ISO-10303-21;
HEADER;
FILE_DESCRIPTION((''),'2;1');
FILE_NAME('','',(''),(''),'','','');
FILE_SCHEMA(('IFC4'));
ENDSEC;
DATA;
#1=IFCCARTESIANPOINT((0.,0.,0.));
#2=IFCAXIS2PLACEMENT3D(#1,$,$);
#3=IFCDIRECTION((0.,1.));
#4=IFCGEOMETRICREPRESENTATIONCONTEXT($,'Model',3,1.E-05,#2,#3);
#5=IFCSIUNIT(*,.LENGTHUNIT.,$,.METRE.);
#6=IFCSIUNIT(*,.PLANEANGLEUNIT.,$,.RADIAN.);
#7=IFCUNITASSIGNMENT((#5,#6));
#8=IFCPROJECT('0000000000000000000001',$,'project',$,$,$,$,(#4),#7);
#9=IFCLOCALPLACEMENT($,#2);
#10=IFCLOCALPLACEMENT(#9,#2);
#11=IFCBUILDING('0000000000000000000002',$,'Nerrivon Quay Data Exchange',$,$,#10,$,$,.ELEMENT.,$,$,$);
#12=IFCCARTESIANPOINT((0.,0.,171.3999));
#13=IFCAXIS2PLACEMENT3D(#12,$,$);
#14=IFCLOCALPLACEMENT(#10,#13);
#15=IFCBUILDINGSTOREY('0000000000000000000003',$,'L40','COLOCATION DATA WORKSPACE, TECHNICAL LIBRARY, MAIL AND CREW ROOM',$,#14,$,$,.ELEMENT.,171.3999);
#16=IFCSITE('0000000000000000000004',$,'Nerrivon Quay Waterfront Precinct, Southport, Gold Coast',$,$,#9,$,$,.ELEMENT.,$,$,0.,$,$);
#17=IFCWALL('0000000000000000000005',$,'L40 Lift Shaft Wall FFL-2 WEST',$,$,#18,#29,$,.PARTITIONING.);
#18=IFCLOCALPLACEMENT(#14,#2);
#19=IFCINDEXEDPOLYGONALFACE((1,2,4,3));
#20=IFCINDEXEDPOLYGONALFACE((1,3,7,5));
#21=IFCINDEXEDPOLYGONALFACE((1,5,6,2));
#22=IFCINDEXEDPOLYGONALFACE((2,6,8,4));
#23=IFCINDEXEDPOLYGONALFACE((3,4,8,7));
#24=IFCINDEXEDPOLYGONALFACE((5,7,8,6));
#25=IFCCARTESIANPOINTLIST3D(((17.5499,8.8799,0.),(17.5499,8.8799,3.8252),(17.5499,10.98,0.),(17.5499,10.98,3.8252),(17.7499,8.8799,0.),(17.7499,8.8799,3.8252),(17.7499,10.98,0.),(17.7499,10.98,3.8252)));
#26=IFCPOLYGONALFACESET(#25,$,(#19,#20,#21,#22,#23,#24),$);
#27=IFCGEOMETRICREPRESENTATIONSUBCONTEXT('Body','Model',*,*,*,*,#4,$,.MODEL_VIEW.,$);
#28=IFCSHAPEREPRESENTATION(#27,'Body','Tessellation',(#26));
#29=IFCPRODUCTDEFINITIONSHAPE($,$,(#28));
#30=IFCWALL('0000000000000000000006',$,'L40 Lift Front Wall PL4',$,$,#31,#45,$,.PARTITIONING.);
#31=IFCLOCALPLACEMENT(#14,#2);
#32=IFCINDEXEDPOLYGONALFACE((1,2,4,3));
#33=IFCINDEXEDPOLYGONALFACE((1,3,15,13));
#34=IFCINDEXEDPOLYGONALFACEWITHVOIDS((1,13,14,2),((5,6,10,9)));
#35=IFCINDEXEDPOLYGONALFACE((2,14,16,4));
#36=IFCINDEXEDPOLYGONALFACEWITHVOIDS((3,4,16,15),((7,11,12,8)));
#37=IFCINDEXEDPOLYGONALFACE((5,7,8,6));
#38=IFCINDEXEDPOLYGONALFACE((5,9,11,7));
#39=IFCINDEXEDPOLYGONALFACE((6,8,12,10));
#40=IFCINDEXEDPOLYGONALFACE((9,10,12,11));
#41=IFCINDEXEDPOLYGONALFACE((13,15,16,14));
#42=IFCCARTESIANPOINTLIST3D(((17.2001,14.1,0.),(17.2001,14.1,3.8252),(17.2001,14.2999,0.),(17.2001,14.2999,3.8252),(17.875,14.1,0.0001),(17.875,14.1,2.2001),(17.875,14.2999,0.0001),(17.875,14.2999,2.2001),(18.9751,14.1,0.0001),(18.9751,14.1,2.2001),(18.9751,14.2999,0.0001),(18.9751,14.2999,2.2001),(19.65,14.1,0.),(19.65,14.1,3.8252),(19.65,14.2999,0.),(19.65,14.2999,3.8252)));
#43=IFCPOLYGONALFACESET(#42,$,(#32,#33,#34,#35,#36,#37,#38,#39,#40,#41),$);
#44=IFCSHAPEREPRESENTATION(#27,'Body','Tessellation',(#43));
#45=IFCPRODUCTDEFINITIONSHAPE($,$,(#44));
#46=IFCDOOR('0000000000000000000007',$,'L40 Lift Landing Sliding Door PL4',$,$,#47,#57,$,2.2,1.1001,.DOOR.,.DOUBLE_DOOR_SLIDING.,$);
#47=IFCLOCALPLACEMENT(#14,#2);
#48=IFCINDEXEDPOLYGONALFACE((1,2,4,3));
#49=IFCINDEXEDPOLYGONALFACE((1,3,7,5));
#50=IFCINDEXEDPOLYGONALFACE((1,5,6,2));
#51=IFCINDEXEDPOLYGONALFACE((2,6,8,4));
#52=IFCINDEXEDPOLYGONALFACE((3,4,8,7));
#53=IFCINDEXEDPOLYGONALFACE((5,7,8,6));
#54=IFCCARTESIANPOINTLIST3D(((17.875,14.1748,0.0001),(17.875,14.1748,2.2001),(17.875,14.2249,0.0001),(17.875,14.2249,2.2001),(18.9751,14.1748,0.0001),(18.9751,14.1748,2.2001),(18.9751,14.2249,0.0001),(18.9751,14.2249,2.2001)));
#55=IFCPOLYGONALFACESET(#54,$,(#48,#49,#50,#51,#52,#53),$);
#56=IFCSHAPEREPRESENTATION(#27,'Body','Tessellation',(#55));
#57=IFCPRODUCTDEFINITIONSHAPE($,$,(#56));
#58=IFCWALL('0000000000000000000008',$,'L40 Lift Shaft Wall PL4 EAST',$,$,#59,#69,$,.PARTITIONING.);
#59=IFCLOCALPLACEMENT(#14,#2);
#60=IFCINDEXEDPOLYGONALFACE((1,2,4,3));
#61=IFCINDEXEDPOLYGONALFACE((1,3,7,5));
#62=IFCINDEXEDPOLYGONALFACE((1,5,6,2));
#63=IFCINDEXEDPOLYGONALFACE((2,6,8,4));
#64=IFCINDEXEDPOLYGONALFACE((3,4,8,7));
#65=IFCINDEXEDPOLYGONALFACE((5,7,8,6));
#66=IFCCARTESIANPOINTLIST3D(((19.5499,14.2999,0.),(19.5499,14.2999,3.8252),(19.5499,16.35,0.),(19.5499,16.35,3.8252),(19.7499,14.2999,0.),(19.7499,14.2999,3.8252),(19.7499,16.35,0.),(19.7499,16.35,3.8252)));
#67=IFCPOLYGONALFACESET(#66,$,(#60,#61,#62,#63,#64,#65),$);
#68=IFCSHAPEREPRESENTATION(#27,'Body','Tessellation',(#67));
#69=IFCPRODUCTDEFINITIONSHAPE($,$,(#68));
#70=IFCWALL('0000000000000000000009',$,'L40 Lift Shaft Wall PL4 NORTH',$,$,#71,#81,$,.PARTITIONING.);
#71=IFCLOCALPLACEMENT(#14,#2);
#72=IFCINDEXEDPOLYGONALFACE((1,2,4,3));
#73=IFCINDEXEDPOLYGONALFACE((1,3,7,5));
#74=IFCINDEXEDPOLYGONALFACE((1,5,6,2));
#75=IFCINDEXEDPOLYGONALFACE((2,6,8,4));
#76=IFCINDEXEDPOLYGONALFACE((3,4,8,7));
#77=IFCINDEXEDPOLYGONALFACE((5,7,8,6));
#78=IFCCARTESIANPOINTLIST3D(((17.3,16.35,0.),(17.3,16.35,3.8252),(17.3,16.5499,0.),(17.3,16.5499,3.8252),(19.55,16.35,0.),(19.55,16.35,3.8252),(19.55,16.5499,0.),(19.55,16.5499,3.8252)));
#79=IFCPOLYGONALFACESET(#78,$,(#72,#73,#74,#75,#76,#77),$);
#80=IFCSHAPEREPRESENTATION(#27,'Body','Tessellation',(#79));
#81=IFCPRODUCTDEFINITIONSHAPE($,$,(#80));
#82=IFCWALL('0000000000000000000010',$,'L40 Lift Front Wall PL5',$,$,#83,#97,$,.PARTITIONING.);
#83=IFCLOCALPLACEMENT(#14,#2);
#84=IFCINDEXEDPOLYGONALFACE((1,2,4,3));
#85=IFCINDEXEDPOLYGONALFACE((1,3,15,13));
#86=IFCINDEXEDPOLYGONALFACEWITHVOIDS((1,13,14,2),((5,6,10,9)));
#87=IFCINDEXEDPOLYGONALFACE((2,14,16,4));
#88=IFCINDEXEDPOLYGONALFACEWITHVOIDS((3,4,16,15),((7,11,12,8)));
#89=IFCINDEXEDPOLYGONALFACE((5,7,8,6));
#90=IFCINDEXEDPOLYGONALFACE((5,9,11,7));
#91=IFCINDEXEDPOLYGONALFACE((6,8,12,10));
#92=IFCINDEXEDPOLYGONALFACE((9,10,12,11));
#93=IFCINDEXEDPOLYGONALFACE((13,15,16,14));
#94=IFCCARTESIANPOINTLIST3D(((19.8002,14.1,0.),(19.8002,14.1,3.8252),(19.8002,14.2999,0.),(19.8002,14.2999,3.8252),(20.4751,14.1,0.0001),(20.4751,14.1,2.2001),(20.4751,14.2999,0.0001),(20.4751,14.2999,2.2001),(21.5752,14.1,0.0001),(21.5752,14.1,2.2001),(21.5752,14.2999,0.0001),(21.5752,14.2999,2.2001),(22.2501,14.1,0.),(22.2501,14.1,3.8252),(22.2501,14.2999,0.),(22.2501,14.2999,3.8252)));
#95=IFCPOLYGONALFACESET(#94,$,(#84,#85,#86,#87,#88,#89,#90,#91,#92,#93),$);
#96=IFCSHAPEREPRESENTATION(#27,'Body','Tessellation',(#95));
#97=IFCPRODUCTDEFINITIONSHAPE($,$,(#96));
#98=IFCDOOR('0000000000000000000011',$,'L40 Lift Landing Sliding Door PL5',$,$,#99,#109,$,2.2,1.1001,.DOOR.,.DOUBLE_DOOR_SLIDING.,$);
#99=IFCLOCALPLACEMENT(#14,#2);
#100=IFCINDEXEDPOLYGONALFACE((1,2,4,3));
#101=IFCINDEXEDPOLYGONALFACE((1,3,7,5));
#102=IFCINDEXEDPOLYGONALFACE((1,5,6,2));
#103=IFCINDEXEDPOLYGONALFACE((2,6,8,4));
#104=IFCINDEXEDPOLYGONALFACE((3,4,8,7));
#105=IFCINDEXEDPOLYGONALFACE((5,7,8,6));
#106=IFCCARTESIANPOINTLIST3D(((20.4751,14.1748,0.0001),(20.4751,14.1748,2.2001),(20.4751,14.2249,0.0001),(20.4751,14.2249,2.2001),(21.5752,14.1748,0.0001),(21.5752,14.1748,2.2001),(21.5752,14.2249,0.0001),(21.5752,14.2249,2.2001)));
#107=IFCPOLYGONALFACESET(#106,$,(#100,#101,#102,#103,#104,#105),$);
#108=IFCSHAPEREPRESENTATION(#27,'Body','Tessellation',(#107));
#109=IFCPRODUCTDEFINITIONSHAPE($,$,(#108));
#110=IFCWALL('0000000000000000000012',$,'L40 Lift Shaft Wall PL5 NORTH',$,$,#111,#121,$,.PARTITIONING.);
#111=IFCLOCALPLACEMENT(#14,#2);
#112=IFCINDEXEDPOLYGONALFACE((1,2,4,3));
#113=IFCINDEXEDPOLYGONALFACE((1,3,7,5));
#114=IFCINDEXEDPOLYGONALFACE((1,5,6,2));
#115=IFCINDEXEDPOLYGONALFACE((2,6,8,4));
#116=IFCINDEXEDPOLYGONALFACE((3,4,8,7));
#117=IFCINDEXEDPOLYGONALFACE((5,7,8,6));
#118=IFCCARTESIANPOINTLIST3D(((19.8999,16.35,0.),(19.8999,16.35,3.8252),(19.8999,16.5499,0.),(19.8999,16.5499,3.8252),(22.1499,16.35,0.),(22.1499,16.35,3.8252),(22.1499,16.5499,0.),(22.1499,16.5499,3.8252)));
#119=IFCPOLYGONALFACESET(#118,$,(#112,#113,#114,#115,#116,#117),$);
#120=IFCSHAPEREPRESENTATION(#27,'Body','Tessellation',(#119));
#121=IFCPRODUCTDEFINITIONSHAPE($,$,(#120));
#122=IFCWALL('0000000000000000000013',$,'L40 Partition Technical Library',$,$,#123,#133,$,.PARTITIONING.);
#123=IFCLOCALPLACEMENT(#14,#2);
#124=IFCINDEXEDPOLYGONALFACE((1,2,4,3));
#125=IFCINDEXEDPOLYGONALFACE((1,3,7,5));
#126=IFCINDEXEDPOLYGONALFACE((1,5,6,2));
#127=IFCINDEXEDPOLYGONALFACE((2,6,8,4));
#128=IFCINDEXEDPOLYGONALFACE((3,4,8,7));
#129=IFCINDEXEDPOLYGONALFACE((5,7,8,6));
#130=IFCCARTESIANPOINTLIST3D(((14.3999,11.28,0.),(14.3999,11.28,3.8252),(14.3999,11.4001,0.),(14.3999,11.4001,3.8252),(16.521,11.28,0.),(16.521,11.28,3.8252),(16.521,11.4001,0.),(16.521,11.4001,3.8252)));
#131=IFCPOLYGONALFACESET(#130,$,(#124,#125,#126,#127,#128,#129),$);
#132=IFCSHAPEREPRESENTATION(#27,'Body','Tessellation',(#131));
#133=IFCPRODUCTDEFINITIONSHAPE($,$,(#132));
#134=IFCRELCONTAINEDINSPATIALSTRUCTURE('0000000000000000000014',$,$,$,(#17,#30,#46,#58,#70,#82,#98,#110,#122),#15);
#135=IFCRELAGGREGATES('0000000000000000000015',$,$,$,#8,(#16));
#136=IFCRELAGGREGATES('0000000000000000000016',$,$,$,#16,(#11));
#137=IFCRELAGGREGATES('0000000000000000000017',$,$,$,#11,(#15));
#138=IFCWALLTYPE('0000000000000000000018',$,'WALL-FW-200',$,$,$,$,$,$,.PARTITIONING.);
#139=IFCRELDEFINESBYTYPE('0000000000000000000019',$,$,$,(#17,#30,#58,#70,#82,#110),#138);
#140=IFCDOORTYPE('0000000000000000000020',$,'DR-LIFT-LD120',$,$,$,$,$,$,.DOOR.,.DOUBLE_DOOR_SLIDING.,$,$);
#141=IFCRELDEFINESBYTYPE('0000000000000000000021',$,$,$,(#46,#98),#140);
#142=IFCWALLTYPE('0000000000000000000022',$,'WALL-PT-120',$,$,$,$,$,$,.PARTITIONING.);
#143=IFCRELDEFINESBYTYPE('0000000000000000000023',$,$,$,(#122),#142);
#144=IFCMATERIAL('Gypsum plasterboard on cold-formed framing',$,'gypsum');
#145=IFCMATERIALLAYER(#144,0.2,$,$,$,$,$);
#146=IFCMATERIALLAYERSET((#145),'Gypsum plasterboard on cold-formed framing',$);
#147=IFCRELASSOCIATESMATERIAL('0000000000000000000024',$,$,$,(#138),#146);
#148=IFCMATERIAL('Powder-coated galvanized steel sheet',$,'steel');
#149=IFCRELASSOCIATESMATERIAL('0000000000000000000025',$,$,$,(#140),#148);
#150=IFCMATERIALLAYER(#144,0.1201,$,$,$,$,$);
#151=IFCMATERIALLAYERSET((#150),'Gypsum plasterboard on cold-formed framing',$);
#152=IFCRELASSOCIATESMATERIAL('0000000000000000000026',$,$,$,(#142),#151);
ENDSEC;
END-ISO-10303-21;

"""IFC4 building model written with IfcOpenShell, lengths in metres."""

from ifc_helpers import new_model, si_unit, direction, frame, frame_2d, origin, place, context, subcontext, project, spatial, rectangle, extrude, material, layer, layer_set, type_object, element, fill, save


model = new_model("IFC4")

# Units and contexts
model_context = context("Model", 3, precision=1e-05, world=origin(), true_north=direction((0.0, 1.0)))
body_context = subcontext(model_context, "Body", "Model", "MODEL_VIEW")
ifc_project = project(units=[si_unit("LENGTHUNIT", "METRE"), si_unit("PLANEANGLEUNIT", "RADIAN")], contexts=[model_context])

# Site, building, storey
site_placement = place(None, origin())
site = spatial("IfcSite", under=ifc_project, at=site_placement, Name="Nerrivon Quay Waterfront Precinct, Southport, Gold Coast", CompositionType="ELEMENT", RefElevation=0.0)
building_placement = place(site_placement, origin())
building = spatial("IfcBuilding", under=site, at=building_placement, Name="Nerrivon Quay Data Exchange", CompositionType="ELEMENT")
storey_placement = place(building_placement, frame((0.0, 0.0, 171.3999)))
storey = spatial("IfcBuildingStorey", under=building, at=storey_placement, Name="L40", Description="COLOCATION DATA WORKSPACE, TECHNICAL LIBRARY, MAIL AND CREW ROOM", CompositionType="ELEMENT", Elevation=171.3999)

# Shared definitions
ifc_material_1 = material(Name="Powder-coated galvanized steel sheet", Category="steel")

# Shared definitions
ifc_material_2 = material(Name="Gypsum plasterboard on cold-formed framing", Category="gypsum")
ifc_layer_1 = layer(ifc_material_2, 0.2)
ifc_layer_set_1 = layer_set([ifc_layer_1], Name="Gypsum plasterboard on cold-formed framing")
wall_type_1 = type_object("IfcWallType", Name="WALL-FW-200", PredefinedType="PARTITIONING", material=ifc_layer_set_1)

# Shared definitions
door_type_1 = type_object("IfcDoorType", Name="DR-LIFT-LD120", OperationType="DOUBLE_DOOR_SLIDING", PredefinedType="DOOR", material=ifc_material_1)

# Wall
for number, where, z_axis, x_axis, name in (
    (1, (17.6499, 8.8799, 0.0), (0.0, 0.0, 1.0), (0.0, 1.0, 0.0), "L40 Lift Shaft Wall FFL-2 WEST"),
):
    element("IfcWall", number, at=place(storey_placement, frame(where, z_axis=z_axis, x_axis=x_axis)), inside=storey, type_object=wall_type_1, Name=name, PredefinedType="PARTITIONING", context=body_context, shape_type="SweptSolid", body=[
        extrude(rectangle(XDim=2.1001, YDim=0.2, at=frame_2d((1.05, 0.0))), origin(), (0.0, 0.0, 1.0), 3.8252),
    ])

# Wall, opening, door
wall_1_placement = place(storey_placement, frame((17.2, 14.2, 0.0), z_axis=(0.0, 0.0, 1.0), x_axis=(1.0, 0.0, 0.0)))
wall_1 = element("IfcWall", 2, at=wall_1_placement, inside=storey, type_object=wall_type_1, Name="L40 Lift Front Wall PL4", PredefinedType="PARTITIONING", context=body_context, shape_type="SweptSolid", body=[
    extrude(rectangle(XDim=2.45, YDim=0.2, at=frame_2d((1.2251, 0.0))), origin(), (0.0, 0.0, 1.0), 3.8252),
])
opening_1_placement = place(wall_1_placement, frame((0.675, 0.0, 0.0)))
opening_1 = element("IfcOpeningElement", 3, at=opening_1_placement, cuts=wall_1, PredefinedType="OPENING", context=body_context, shape_type="SweptSolid", body=[
    extrude(rectangle(XDim=1.1001, YDim=2.2, at=frame_2d((0.55, 1.1001))), frame((0.0, 0.1099, 0.0), z_axis=(0.0, -1.0, 0.0), x_axis=(1.0, 0.0, 0.0)), (0.0, 0.0, 1.0), 0.22),
])
door_1_placement = place(opening_1_placement, origin())
door_1 = element("IfcDoor", 4, at=door_1_placement, inside=storey, type_object=door_type_1, Name="L40 Lift Landing Sliding Door PL4", OperationType="DOUBLE_DOOR_SLIDING", OverallHeight=2.2, OverallWidth=1.1001, PredefinedType="DOOR", context=body_context, shape_type="SweptSolid", body=[
    extrude(rectangle(XDim=1.1001, YDim=2.2, at=frame_2d((0.55, 1.1001))), frame((0.0, 0.0249, 0.0), z_axis=(0.0, -1.0, 0.0), x_axis=(1.0, 0.0, 0.0)), (0.0, 0.0, 1.0), 0.05),
])
fill(opening_1, door_1)

# Walls
wall_2_placement = place(storey_placement, frame((19.6499, 14.3, 0.0), z_axis=(0.0, 0.0, 1.0), x_axis=(0.0, 1.0, 0.0)))
element("IfcWall", 5, at=wall_2_placement, inside=storey, type_object=wall_type_1, Name="L40 Lift Shaft Wall PL4 EAST", PredefinedType="PARTITIONING", context=body_context, shape_type="SweptSolid", body=[
    extrude(rectangle(XDim=2.05, YDim=0.2, at=frame_2d((1.0249, 0.0))), origin(), (0.0, 0.0, 1.0), 3.8252),
])
wall_3_placement = place(storey_placement, frame((17.3, 16.45, 0.0), z_axis=(0.0, 0.0, 1.0), x_axis=(1.0, 0.0, 0.0)))
element("IfcWall", 6, at=wall_3_placement, inside=storey, type_object=wall_type_1, Name="L40 Lift Shaft Wall PL4 NORTH", PredefinedType="PARTITIONING", context=body_context, shape_type="SweptSolid", body=[
    extrude(rectangle(XDim=2.25, YDim=0.2, at=frame_2d((1.125, 0.0))), origin(), (0.0, 0.0, 1.0), 3.8252),
])

# Wall, opening, door
wall_4_placement = place(storey_placement, frame((19.8, 14.2, 0.0), z_axis=(0.0, 0.0, 1.0), x_axis=(1.0, 0.0, 0.0)))
wall_4 = element("IfcWall", 7, at=wall_4_placement, inside=storey, type_object=wall_type_1, Name="L40 Lift Front Wall PL5", PredefinedType="PARTITIONING", context=body_context, shape_type="SweptSolid", body=[
    extrude(rectangle(XDim=2.45, YDim=0.2, at=frame_2d((1.2251, 0.0))), origin(), (0.0, 0.0, 1.0), 3.8252),
])
opening_2_placement = place(wall_4_placement, frame((0.675, 0.0, 0.0)))
opening_2 = element("IfcOpeningElement", 8, at=opening_2_placement, cuts=wall_4, PredefinedType="OPENING", context=body_context, shape_type="SweptSolid", body=[
    extrude(rectangle(XDim=1.1001, YDim=2.2, at=frame_2d((0.55, 1.1001))), frame((0.0, 0.1099, 0.0), z_axis=(0.0, -1.0, 0.0), x_axis=(1.0, 0.0, 0.0)), (0.0, 0.0, 1.0), 0.22),
])
door_2_placement = place(opening_2_placement, origin())
door_2 = element("IfcDoor", 9, at=door_2_placement, inside=storey, type_object=door_type_1, Name="L40 Lift Landing Sliding Door PL5", OperationType="DOUBLE_DOOR_SLIDING", OverallHeight=2.2, OverallWidth=1.1001, PredefinedType="DOOR", context=body_context, shape_type="SweptSolid", body=[
    extrude(rectangle(XDim=1.1001, YDim=2.2, at=frame_2d((0.55, 1.1001))), frame((0.0, 0.0249, 0.0), z_axis=(0.0, -1.0, 0.0), x_axis=(1.0, 0.0, 0.0)), (0.0, 0.0, 1.0), 0.05),
])
fill(opening_2, door_2)

# Walls
wall_5_placement = place(storey_placement, frame((19.8999, 16.45, 0.0), z_axis=(0.0, 0.0, 1.0), x_axis=(1.0, 0.0, 0.0)))
element("IfcWall", 10, at=wall_5_placement, inside=storey, type_object=wall_type_1, Name="L40 Lift Shaft Wall PL5 NORTH", PredefinedType="PARTITIONING", context=body_context, shape_type="SweptSolid", body=[
    extrude(rectangle(XDim=2.25, YDim=0.2, at=frame_2d((1.125, 0.0))), origin(), (0.0, 0.0, 1.0), 3.8252),
])
ifc_layer_2 = layer(ifc_material_2, 0.1201)
ifc_layer_set_2 = layer_set([ifc_layer_2], Name="Gypsum plasterboard on cold-formed framing")
wall_type_2 = type_object("IfcWallType", Name="WALL-PT-120", PredefinedType="PARTITIONING", material=ifc_layer_set_2)
wall_6_placement = place(storey_placement, frame((16.521, 11.3401, 0.0), z_axis=(0.0, 0.0, 1.0), x_axis=(-1.0, 0.0, 0.0)))
element("IfcWall", 11, at=wall_6_placement, inside=storey, type_object=wall_type_2, Name="L40 Partition Technical Library", PredefinedType="PARTITIONING", context=body_context, shape_type="SweptSolid", body=[
    extrude(rectangle(XDim=2.1211, YDim=0.1201, at=frame_2d((1.0605, 0.0))), origin(), (0.0, 0.0, 1.0), 3.8252),
])

save(model, "model.ifc")
